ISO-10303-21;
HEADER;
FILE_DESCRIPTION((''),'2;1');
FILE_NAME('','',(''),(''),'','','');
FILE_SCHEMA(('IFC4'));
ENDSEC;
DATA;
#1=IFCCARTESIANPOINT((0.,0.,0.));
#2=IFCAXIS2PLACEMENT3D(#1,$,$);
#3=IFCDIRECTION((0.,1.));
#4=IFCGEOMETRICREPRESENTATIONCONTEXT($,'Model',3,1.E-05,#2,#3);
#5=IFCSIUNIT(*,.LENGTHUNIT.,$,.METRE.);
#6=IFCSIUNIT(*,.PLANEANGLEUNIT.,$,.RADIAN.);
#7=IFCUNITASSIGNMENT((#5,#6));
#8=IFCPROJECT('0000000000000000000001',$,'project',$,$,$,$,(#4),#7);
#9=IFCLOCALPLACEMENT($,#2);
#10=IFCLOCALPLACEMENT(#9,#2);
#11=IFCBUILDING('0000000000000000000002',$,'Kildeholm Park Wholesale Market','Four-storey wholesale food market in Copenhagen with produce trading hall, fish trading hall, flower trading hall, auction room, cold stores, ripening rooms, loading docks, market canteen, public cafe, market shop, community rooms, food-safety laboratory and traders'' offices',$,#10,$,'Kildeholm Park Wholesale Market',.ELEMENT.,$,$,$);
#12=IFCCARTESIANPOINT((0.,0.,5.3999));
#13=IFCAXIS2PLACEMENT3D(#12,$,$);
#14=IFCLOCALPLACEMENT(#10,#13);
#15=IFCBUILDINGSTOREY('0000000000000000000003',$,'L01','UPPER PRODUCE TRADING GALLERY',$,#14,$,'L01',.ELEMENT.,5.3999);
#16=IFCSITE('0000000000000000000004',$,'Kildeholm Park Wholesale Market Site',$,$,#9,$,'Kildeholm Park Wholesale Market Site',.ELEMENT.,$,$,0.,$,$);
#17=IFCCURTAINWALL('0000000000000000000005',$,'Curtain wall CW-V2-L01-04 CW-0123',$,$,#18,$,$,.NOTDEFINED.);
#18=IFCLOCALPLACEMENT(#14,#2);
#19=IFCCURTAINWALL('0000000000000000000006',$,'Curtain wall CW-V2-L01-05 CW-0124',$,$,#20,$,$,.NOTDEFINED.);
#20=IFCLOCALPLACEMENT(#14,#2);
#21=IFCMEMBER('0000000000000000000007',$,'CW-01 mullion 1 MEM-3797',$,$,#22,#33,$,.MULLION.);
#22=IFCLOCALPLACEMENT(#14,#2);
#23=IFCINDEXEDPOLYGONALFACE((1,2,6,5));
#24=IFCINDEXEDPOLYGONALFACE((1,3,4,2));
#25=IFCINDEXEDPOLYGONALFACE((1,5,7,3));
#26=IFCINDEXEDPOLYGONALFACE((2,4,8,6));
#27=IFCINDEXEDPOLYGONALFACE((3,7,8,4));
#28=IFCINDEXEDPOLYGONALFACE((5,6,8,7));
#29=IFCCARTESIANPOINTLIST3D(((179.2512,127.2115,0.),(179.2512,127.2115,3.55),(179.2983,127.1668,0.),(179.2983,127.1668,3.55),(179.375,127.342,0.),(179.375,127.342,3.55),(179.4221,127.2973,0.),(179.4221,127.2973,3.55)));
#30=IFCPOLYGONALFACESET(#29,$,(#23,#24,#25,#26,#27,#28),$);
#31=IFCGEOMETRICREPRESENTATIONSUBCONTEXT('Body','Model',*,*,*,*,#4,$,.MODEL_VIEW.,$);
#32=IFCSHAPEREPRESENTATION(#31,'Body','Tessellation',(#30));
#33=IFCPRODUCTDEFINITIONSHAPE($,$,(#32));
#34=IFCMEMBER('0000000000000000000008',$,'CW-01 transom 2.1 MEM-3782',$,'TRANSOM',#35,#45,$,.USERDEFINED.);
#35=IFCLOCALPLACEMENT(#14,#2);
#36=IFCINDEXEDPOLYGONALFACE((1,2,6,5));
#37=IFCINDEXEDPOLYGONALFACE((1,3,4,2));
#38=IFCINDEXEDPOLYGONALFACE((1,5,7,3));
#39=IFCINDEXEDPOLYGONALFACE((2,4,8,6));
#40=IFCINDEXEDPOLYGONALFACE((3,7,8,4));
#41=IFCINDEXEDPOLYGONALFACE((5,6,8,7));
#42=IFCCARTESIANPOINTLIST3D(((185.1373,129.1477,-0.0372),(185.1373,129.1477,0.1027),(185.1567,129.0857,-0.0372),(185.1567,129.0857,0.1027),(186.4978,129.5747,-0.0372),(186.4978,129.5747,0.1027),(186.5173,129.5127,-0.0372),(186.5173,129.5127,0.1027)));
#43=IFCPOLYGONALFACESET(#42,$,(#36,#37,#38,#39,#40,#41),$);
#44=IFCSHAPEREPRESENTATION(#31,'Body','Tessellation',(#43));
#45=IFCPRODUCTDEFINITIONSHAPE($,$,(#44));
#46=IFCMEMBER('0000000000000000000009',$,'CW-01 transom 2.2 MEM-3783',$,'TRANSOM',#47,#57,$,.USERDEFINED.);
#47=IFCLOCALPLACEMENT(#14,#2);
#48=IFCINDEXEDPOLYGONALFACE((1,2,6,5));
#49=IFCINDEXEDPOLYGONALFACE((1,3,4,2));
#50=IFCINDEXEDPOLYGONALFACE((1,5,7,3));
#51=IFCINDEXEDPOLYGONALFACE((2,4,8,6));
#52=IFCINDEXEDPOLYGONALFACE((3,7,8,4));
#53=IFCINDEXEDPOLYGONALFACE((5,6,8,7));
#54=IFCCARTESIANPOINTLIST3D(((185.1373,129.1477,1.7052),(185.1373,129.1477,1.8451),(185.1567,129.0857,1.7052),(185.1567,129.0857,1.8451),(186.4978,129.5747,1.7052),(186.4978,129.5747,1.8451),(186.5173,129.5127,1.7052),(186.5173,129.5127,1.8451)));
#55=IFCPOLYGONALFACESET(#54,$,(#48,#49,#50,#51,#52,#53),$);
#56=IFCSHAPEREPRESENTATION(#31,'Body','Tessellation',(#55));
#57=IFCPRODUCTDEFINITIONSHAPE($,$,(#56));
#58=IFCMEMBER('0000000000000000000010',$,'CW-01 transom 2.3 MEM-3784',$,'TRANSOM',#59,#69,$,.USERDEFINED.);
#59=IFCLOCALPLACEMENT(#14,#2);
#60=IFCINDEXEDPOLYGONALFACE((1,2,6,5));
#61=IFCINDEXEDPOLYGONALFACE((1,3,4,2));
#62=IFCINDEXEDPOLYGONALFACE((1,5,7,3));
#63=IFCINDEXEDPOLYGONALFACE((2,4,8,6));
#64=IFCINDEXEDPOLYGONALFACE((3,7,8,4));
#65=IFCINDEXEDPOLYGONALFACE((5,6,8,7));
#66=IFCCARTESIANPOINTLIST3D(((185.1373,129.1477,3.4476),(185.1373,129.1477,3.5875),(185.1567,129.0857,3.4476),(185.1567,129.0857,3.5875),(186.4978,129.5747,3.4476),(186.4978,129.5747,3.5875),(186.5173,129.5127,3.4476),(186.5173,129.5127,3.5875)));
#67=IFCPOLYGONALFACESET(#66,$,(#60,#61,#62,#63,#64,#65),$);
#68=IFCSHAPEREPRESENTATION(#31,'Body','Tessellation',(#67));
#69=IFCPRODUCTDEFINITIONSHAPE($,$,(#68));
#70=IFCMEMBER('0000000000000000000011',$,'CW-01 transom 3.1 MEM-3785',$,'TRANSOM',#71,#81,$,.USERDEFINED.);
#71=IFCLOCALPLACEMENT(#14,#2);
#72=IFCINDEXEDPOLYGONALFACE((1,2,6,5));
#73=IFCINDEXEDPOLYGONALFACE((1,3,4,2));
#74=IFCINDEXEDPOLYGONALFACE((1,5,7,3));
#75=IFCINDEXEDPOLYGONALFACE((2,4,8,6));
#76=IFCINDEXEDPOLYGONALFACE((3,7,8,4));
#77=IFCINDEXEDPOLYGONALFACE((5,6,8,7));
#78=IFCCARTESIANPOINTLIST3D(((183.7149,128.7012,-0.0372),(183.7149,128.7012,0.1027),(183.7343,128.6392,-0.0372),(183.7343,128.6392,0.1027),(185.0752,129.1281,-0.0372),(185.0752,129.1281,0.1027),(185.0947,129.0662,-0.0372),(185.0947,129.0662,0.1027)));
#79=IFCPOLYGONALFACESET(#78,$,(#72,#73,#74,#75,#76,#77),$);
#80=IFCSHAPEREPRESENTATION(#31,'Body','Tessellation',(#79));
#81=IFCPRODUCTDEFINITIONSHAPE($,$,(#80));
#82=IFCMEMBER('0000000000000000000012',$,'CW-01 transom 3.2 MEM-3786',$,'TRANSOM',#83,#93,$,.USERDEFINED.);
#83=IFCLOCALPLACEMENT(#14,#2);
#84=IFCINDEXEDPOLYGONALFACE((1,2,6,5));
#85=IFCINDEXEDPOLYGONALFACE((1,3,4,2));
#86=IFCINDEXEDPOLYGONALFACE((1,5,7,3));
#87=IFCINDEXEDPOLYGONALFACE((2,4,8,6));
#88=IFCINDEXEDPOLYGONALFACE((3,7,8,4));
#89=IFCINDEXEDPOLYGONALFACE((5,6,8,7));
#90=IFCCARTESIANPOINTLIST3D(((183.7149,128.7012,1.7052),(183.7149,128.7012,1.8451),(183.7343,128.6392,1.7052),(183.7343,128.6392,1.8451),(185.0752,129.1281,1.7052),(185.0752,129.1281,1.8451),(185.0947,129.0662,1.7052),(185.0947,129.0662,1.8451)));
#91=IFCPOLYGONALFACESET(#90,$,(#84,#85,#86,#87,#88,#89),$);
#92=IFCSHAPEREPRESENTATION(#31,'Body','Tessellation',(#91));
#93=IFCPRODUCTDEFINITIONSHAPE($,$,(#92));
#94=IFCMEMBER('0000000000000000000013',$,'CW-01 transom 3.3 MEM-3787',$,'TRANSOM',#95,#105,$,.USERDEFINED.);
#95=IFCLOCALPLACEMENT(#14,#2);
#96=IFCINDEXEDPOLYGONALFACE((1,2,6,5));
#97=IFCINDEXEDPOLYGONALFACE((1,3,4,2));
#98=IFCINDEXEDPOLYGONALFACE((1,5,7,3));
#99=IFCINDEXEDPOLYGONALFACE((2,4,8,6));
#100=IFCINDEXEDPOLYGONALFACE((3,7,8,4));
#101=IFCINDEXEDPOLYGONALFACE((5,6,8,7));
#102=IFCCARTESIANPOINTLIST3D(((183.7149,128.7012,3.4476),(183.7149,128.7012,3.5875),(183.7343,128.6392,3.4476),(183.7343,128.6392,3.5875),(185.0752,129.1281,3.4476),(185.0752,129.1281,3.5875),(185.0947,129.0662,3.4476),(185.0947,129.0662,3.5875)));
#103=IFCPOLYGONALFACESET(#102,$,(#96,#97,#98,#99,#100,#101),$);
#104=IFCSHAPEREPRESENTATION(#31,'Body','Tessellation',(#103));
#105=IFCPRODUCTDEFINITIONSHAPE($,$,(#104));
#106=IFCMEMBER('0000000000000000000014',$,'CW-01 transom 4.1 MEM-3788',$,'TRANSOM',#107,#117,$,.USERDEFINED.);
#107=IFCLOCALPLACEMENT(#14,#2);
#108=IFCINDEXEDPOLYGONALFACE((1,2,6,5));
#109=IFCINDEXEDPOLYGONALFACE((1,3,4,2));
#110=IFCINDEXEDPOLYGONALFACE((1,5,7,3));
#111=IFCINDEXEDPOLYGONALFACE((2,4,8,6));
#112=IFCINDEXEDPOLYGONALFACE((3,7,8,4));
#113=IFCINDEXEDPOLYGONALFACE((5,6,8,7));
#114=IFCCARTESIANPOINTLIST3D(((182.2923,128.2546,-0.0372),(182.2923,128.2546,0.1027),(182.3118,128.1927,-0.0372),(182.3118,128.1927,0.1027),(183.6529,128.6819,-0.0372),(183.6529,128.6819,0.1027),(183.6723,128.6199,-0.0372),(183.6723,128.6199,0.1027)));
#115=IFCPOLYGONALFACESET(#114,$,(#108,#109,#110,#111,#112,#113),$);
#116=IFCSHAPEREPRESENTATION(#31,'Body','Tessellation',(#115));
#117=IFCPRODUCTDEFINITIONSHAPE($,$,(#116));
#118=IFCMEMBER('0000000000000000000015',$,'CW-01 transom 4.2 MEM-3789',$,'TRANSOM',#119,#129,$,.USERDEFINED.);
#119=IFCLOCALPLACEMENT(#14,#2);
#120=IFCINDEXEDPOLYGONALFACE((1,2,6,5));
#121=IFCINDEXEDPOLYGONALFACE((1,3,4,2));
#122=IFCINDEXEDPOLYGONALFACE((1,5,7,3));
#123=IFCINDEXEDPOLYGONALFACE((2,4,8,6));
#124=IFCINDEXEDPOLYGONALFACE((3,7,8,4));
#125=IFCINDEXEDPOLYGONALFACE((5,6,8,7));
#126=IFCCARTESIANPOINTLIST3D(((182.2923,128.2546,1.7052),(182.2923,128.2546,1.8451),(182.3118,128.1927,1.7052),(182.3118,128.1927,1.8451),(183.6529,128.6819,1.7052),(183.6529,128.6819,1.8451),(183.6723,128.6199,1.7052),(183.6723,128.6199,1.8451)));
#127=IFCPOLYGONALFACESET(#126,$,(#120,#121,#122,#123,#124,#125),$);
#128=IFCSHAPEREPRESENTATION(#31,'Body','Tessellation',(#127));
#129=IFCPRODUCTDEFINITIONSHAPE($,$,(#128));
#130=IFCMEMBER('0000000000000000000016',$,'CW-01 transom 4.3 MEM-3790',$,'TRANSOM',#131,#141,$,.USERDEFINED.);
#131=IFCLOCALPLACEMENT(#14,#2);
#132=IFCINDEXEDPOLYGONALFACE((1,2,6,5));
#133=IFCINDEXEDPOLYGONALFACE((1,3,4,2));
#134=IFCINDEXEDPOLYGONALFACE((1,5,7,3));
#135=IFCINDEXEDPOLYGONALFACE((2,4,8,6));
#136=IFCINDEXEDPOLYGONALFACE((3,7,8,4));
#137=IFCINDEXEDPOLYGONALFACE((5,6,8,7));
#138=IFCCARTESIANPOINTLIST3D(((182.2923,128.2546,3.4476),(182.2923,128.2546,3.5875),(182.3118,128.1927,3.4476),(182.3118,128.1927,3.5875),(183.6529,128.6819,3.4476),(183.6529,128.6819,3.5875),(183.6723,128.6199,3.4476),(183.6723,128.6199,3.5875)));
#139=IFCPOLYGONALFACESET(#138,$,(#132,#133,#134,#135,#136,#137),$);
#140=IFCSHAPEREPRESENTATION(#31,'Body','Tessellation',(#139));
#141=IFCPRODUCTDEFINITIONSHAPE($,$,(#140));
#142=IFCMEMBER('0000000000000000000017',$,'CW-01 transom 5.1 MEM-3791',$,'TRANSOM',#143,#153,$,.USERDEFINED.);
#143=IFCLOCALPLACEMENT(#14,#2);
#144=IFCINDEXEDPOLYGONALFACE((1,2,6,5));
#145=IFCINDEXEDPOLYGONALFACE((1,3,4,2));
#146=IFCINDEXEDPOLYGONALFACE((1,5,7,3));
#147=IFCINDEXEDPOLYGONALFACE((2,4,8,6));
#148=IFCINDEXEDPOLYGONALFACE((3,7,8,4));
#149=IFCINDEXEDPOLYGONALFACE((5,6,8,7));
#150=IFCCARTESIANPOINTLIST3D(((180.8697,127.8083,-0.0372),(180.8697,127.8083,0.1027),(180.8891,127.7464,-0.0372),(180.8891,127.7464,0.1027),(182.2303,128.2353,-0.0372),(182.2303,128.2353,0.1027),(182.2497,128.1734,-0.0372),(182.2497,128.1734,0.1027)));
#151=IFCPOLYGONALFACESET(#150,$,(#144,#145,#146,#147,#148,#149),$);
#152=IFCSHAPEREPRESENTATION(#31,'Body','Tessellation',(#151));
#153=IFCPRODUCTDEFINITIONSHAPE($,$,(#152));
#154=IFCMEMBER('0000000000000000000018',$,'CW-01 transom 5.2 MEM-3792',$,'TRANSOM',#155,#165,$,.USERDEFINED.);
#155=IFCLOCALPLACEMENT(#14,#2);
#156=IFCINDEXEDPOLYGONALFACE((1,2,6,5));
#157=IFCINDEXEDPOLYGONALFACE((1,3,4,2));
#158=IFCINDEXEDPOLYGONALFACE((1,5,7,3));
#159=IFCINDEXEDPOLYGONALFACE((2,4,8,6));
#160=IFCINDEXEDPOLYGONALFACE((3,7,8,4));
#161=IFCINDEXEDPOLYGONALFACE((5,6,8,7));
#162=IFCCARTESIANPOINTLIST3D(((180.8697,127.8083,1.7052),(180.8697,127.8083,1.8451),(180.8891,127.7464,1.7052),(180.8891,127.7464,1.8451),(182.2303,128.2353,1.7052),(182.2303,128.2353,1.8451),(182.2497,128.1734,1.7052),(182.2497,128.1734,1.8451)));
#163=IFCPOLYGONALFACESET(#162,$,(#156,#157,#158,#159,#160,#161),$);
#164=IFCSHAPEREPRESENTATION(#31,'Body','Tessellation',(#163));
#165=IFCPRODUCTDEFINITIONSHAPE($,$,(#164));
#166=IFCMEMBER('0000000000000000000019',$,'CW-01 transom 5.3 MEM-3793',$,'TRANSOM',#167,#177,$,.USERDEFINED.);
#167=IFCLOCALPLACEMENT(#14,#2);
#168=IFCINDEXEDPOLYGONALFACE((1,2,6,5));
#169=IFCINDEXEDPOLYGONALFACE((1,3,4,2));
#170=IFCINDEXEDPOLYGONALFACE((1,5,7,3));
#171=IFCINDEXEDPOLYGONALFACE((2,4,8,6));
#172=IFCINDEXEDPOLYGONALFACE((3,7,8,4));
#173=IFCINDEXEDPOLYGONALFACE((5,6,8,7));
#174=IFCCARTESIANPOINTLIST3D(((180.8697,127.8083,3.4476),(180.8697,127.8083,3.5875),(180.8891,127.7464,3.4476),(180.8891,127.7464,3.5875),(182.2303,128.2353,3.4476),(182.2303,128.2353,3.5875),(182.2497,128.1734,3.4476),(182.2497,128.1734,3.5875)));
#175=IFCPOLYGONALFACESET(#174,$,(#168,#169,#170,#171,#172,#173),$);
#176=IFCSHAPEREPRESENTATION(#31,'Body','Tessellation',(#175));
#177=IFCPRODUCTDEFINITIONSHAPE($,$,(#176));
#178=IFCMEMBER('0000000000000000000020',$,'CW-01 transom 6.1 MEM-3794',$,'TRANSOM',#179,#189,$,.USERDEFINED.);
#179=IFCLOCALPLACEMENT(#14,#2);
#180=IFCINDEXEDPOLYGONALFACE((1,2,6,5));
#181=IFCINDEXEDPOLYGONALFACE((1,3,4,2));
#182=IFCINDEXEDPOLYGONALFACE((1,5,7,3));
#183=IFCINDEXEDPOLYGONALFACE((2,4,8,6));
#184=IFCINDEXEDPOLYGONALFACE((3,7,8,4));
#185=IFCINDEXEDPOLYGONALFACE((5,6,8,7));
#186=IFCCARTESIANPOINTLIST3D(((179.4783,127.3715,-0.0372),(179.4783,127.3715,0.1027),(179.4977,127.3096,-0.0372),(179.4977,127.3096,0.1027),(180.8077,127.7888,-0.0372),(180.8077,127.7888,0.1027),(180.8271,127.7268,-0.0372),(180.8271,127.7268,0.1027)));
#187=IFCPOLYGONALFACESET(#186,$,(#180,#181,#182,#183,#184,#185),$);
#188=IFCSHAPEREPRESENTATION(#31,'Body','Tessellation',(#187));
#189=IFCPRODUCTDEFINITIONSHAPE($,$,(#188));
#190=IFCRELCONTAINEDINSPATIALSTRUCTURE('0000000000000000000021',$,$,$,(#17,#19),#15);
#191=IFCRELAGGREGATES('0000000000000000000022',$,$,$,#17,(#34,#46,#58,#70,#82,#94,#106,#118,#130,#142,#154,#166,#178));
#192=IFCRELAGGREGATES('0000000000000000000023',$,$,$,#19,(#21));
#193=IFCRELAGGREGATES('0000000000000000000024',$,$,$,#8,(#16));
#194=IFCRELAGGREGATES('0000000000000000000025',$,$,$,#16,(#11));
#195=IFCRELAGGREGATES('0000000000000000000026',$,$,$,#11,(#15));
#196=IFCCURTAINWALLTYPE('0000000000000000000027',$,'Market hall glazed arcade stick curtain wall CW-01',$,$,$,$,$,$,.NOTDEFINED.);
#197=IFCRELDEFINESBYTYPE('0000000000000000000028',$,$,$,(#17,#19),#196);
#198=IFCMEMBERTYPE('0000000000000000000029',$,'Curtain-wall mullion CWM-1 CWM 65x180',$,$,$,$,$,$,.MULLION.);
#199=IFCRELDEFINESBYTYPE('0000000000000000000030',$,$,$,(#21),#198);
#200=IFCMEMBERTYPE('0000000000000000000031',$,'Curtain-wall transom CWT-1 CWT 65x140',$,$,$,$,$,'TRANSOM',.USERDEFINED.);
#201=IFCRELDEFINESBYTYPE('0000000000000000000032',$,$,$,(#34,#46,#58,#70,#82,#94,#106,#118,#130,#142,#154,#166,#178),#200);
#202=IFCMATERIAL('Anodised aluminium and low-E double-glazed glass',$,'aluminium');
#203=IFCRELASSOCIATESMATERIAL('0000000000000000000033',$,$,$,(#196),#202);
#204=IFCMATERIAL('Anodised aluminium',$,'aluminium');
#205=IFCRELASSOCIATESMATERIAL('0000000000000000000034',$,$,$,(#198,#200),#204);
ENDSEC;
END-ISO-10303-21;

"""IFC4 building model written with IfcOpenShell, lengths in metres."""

from ifc_helpers import new_model, si_unit, direction, frame, origin, origin_2d, place, context, subcontext, project, spatial, rectangle, extrude, material, material_profile, profile_set, type_object, element, aggregate, save


model = new_model("IFC4")

# Units and contexts
model_context = context("Model", 3, precision=1e-05, world=origin(), true_north=direction((0.0, 1.0)))
body_context = subcontext(model_context, "Body", "Model", "MODEL_VIEW")
ifc_project = project(units=[si_unit("LENGTHUNIT", "METRE"), si_unit("PLANEANGLEUNIT", "RADIAN")], contexts=[model_context])

# Site, building, storey
site_placement = place(None, origin())
site = spatial("IfcSite", under=ifc_project, at=site_placement, Name="Kildeholm Park Wholesale Market Site", LongName="Kildeholm Park Wholesale Market Site", CompositionType="ELEMENT", RefElevation=0.0)
building_placement = place(site_placement, origin())
building = spatial("IfcBuilding", under=site, at=building_placement, Name="Kildeholm Park Wholesale Market", Description="Four-storey wholesale food market in Copenhagen with produce trading hall, fish trading hall, flower trading hall, auction room, cold stores, ripening rooms, loading docks, market canteen, public cafe, market shop, community rooms, food-safety laboratory and traders' offices", LongName="Kildeholm Park Wholesale Market", CompositionType="ELEMENT")
storey_placement = place(building_placement, frame((0.0, 0.0, 5.3999)))
storey = spatial("IfcBuildingStorey", under=building, at=storey_placement, Name="L01", Description="UPPER PRODUCE TRADING GALLERY", LongName="L01", CompositionType="ELEMENT", Elevation=5.3999)

# Curtain wall
ifc_material_1 = material(Name="Anodised aluminium and low-E double-glazed glass", Category="aluminium")
curtain_wall_type = type_object("IfcCurtainWallType", Name="Market hall glazed arcade stick curtain wall CW-01", PredefinedType="NOTDEFINED", material=ifc_material_1)
curtain_wall_1_placement = place(storey_placement, origin())
curtain_wall_1 = element("IfcCurtainWall", 1, at=curtain_wall_1_placement, inside=storey, type_object=curtain_wall_type, Name="Curtain wall CW-V2-L01-04 CW-0123", PredefinedType="NOTDEFINED")
ifc_material_2 = material(Name="Anodised aluminium", Category="aluminium")
ifc_material_profile_1 = material_profile(ifc_material_2, rectangle(XDim=0.0649, YDim=0.1799, at=origin_2d()), Name="CWM 65x180")
ifc_profile_set_1 = profile_set([ifc_material_profile_1], Name="Anodised aluminium")
member_type_1 = type_object("IfcMemberType", Name="Curtain-wall mullion CWM-1 CWM 65x180", PredefinedType="MULLION", material=ifc_profile_set_1)

# Curtain wall, member
curtain_wall_2_placement = place(storey_placement, origin())
curtain_wall_2 = element("IfcCurtainWall", 2, at=curtain_wall_2_placement, inside=storey, type_object=curtain_wall_type, Name="Curtain wall CW-V2-L01-05 CW-0124", PredefinedType="NOTDEFINED")
member_1_placement = place(storey_placement, frame((179.3367, 127.2544, 0.0), z_axis=(0.0, 0.0, 1.0), x_axis=(0.725571, -0.688148, 0.0)))
member_1 = element("IfcMember", 3, at=member_1_placement, type_object=member_type_1, Name="CW-01 mullion 1 MEM-3797", PredefinedType="MULLION", context=body_context, shape_type="SweptSolid", body=[
    extrude(rectangle(XDim=0.0649, YDim=0.1799, at=origin_2d()), origin(), (0.0, 0.0, 1.0), 3.55),
])

# Members
ifc_material_profile_2 = material_profile(ifc_material_2, rectangle(XDim=0.0649, YDim=0.1399, at=origin_2d()), Name="CWT 65x140")
ifc_profile_set_2 = profile_set([ifc_material_profile_2], Name="Anodised aluminium")
member_type_2 = type_object("IfcMemberType", Name="Curtain-wall transom CWT-1 CWT 65x140", ElementType="TRANSOM", PredefinedType="USERDEFINED", material=ifc_profile_set_2)
member_2_placement = place(storey_placement, frame((186.5076, 129.5437, 0.0327), z_axis=(-0.954117, -0.299435, 0.0), x_axis=(0.299435, -0.954117, 0.0)))
member_2 = element("IfcMember", 4, at=member_2_placement, type_object=member_type_2, Name="CW-01 transom 2.1 MEM-3782", ObjectType="TRANSOM", PredefinedType="USERDEFINED", context=body_context, shape_type="SweptSolid", body=[
    extrude(rectangle(XDim=0.0649, YDim=0.1399, at=origin_2d()), origin(), (0.0, 0.0, 1.0), 1.426),
])
member_3_placement = place(storey_placement, frame((186.5076, 129.5437, 1.7751), z_axis=(-0.954117, -0.299435, 0.0), x_axis=(0.299435, -0.954117, 0.0)))
member_3 = element("IfcMember", 5, at=member_3_placement, type_object=member_type_2, Name="CW-01 transom 2.2 MEM-3783", ObjectType="TRANSOM", PredefinedType="USERDEFINED", context=body_context, shape_type="SweptSolid", body=[
    extrude(rectangle(XDim=0.0649, YDim=0.1399, at=origin_2d()), origin(), (0.0, 0.0, 1.0), 1.426),
])
member_4_placement = place(storey_placement, frame((186.5076, 129.5437, 3.5176), z_axis=(-0.954117, -0.299435, 0.0), x_axis=(0.299435, -0.954117, 0.0)))
member_4 = element("IfcMember", 6, at=member_4_placement, type_object=member_type_2, Name="CW-01 transom 2.3 MEM-3784", ObjectType="TRANSOM", PredefinedType="USERDEFINED", context=body_context, shape_type="SweptSolid", body=[
    extrude(rectangle(XDim=0.0649, YDim=0.1399, at=origin_2d()), origin(), (0.0, 0.0, 1.0), 1.426),
])
member_5_placement = place(storey_placement, frame((185.085, 129.0972, 0.0327), z_axis=(-0.954101, -0.299484, 0.0), x_axis=(0.299484, -0.954101, 0.0)))
member_5 = element("IfcMember", 7, at=member_5_placement, type_object=member_type_2, Name="CW-01 transom 3.1 MEM-3785", ObjectType="TRANSOM", PredefinedType="USERDEFINED", context=body_context, shape_type="SweptSolid", body=[
    extrude(rectangle(XDim=0.0649, YDim=0.1399, at=origin_2d()), origin(), (0.0, 0.0, 1.0), 1.4258),
])
member_6_placement = place(storey_placement, frame((185.085, 129.0972, 1.7751), z_axis=(-0.954101, -0.299484, 0.0), x_axis=(0.299484, -0.954101, 0.0)))
member_6 = element("IfcMember", 8, at=member_6_placement, type_object=member_type_2, Name="CW-01 transom 3.2 MEM-3786", ObjectType="TRANSOM", PredefinedType="USERDEFINED", context=body_context, shape_type="SweptSolid", body=[
    extrude(rectangle(XDim=0.0649, YDim=0.1399, at=origin_2d()), origin(), (0.0, 0.0, 1.0), 1.4258),
])
member_7_placement = place(storey_placement, frame((185.085, 129.0972, 3.5176), z_axis=(-0.954101, -0.299484, 0.0), x_axis=(0.299484, -0.954101, 0.0)))
member_7 = element("IfcMember", 9, at=member_7_placement, type_object=member_type_2, Name="CW-01 transom 3.3 MEM-3787", ObjectType="TRANSOM", PredefinedType="USERDEFINED", context=body_context, shape_type="SweptSolid", body=[
    extrude(rectangle(XDim=0.0649, YDim=0.1399, at=origin_2d()), origin(), (0.0, 0.0, 1.0), 1.4258),
])
member_8_placement = place(storey_placement, frame((183.6626, 128.6509, 0.0327), z_axis=(-0.954068, -0.299591, 0.0), x_axis=(0.299591, -0.954068, 0.0)))
member_8 = element("IfcMember", 10, at=member_8_placement, type_object=member_type_2, Name="CW-01 transom 4.1 MEM-3788", ObjectType="TRANSOM", PredefinedType="USERDEFINED", context=body_context, shape_type="SweptSolid", body=[
    extrude(rectangle(XDim=0.0649, YDim=0.1399, at=origin_2d()), origin(), (0.0, 0.0, 1.0), 1.426),
])
member_9_placement = place(storey_placement, frame((183.6626, 128.6509, 1.7751), z_axis=(-0.954068, -0.299591, 0.0), x_axis=(0.299591, -0.954068, 0.0)))
member_9 = element("IfcMember", 11, at=member_9_placement, type_object=member_type_2, Name="CW-01 transom 4.2 MEM-3789", ObjectType="TRANSOM", PredefinedType="USERDEFINED", context=body_context, shape_type="SweptSolid", body=[
    extrude(rectangle(XDim=0.0649, YDim=0.1399, at=origin_2d()), origin(), (0.0, 0.0, 1.0), 1.426),
])
member_10_placement = place(storey_placement, frame((183.6626, 128.6509, 3.5176), z_axis=(-0.954068, -0.299591, 0.0), x_axis=(0.299591, -0.954068, 0.0)))
member_10 = element("IfcMember", 12, at=member_10_placement, type_object=member_type_2, Name="CW-01 transom 4.3 MEM-3790", ObjectType="TRANSOM", PredefinedType="USERDEFINED", context=body_context, shape_type="SweptSolid", body=[
    extrude(rectangle(XDim=0.0649, YDim=0.1399, at=origin_2d()), origin(), (0.0, 0.0, 1.0), 1.426),
])
member_11_placement = place(storey_placement, frame((182.24, 128.2043, 0.0327), z_axis=(-0.954117, -0.299435, 0.0), x_axis=(0.299435, -0.954117, 0.0)))
member_11 = element("IfcMember", 13, at=member_11_placement, type_object=member_type_2, Name="CW-01 transom 5.1 MEM-3791", ObjectType="TRANSOM", PredefinedType="USERDEFINED", context=body_context, shape_type="SweptSolid", body=[
    extrude(rectangle(XDim=0.0649, YDim=0.1399, at=origin_2d()), origin(), (0.0, 0.0, 1.0), 1.426),
])
member_12_placement = place(storey_placement, frame((182.24, 128.2043, 1.7751), z_axis=(-0.954117, -0.299435, 0.0), x_axis=(0.299435, -0.954117, 0.0)))
member_12 = element("IfcMember", 14, at=member_12_placement, type_object=member_type_2, Name="CW-01 transom 5.2 MEM-3792", ObjectType="TRANSOM", PredefinedType="USERDEFINED", context=body_context, shape_type="SweptSolid", body=[
    extrude(rectangle(XDim=0.0649, YDim=0.1399, at=origin_2d()), origin(), (0.0, 0.0, 1.0), 1.426),
])
member_13_placement = place(storey_placement, frame((182.24, 128.2043, 3.5176), z_axis=(-0.954117, -0.299435, 0.0), x_axis=(0.299435, -0.954117, 0.0)))
member_13 = element("IfcMember", 15, at=member_13_placement, type_object=member_type_2, Name="CW-01 transom 5.3 MEM-3793", ObjectType="TRANSOM", PredefinedType="USERDEFINED", context=body_context, shape_type="SweptSolid", body=[
    extrude(rectangle(XDim=0.0649, YDim=0.1399, at=origin_2d()), origin(), (0.0, 0.0, 1.0), 1.426),
])
member_14_placement = place(storey_placement, frame((180.8174, 127.7578, 0.0327), z_axis=(-0.954108, -0.299462, 0.0), x_axis=(0.299462, -0.954108, 0.0)))
member_14 = element("IfcMember", 16, at=member_14_placement, type_object=member_type_2, Name="CW-01 transom 6.1 MEM-3794", ObjectType="TRANSOM", PredefinedType="USERDEFINED", context=body_context, shape_type="SweptSolid", body=[
    extrude(rectangle(XDim=0.0649, YDim=0.1399, at=origin_2d()), origin(), (0.0, 0.0, 1.0), 1.3933),
])

aggregate(curtain_wall_1, [member_2, member_3, member_4, member_5, member_6, member_7, member_8, member_9, member_10, member_11, member_12, member_13, member_14])
aggregate(curtain_wall_2, [member_1])

save(model, "model.ifc")
